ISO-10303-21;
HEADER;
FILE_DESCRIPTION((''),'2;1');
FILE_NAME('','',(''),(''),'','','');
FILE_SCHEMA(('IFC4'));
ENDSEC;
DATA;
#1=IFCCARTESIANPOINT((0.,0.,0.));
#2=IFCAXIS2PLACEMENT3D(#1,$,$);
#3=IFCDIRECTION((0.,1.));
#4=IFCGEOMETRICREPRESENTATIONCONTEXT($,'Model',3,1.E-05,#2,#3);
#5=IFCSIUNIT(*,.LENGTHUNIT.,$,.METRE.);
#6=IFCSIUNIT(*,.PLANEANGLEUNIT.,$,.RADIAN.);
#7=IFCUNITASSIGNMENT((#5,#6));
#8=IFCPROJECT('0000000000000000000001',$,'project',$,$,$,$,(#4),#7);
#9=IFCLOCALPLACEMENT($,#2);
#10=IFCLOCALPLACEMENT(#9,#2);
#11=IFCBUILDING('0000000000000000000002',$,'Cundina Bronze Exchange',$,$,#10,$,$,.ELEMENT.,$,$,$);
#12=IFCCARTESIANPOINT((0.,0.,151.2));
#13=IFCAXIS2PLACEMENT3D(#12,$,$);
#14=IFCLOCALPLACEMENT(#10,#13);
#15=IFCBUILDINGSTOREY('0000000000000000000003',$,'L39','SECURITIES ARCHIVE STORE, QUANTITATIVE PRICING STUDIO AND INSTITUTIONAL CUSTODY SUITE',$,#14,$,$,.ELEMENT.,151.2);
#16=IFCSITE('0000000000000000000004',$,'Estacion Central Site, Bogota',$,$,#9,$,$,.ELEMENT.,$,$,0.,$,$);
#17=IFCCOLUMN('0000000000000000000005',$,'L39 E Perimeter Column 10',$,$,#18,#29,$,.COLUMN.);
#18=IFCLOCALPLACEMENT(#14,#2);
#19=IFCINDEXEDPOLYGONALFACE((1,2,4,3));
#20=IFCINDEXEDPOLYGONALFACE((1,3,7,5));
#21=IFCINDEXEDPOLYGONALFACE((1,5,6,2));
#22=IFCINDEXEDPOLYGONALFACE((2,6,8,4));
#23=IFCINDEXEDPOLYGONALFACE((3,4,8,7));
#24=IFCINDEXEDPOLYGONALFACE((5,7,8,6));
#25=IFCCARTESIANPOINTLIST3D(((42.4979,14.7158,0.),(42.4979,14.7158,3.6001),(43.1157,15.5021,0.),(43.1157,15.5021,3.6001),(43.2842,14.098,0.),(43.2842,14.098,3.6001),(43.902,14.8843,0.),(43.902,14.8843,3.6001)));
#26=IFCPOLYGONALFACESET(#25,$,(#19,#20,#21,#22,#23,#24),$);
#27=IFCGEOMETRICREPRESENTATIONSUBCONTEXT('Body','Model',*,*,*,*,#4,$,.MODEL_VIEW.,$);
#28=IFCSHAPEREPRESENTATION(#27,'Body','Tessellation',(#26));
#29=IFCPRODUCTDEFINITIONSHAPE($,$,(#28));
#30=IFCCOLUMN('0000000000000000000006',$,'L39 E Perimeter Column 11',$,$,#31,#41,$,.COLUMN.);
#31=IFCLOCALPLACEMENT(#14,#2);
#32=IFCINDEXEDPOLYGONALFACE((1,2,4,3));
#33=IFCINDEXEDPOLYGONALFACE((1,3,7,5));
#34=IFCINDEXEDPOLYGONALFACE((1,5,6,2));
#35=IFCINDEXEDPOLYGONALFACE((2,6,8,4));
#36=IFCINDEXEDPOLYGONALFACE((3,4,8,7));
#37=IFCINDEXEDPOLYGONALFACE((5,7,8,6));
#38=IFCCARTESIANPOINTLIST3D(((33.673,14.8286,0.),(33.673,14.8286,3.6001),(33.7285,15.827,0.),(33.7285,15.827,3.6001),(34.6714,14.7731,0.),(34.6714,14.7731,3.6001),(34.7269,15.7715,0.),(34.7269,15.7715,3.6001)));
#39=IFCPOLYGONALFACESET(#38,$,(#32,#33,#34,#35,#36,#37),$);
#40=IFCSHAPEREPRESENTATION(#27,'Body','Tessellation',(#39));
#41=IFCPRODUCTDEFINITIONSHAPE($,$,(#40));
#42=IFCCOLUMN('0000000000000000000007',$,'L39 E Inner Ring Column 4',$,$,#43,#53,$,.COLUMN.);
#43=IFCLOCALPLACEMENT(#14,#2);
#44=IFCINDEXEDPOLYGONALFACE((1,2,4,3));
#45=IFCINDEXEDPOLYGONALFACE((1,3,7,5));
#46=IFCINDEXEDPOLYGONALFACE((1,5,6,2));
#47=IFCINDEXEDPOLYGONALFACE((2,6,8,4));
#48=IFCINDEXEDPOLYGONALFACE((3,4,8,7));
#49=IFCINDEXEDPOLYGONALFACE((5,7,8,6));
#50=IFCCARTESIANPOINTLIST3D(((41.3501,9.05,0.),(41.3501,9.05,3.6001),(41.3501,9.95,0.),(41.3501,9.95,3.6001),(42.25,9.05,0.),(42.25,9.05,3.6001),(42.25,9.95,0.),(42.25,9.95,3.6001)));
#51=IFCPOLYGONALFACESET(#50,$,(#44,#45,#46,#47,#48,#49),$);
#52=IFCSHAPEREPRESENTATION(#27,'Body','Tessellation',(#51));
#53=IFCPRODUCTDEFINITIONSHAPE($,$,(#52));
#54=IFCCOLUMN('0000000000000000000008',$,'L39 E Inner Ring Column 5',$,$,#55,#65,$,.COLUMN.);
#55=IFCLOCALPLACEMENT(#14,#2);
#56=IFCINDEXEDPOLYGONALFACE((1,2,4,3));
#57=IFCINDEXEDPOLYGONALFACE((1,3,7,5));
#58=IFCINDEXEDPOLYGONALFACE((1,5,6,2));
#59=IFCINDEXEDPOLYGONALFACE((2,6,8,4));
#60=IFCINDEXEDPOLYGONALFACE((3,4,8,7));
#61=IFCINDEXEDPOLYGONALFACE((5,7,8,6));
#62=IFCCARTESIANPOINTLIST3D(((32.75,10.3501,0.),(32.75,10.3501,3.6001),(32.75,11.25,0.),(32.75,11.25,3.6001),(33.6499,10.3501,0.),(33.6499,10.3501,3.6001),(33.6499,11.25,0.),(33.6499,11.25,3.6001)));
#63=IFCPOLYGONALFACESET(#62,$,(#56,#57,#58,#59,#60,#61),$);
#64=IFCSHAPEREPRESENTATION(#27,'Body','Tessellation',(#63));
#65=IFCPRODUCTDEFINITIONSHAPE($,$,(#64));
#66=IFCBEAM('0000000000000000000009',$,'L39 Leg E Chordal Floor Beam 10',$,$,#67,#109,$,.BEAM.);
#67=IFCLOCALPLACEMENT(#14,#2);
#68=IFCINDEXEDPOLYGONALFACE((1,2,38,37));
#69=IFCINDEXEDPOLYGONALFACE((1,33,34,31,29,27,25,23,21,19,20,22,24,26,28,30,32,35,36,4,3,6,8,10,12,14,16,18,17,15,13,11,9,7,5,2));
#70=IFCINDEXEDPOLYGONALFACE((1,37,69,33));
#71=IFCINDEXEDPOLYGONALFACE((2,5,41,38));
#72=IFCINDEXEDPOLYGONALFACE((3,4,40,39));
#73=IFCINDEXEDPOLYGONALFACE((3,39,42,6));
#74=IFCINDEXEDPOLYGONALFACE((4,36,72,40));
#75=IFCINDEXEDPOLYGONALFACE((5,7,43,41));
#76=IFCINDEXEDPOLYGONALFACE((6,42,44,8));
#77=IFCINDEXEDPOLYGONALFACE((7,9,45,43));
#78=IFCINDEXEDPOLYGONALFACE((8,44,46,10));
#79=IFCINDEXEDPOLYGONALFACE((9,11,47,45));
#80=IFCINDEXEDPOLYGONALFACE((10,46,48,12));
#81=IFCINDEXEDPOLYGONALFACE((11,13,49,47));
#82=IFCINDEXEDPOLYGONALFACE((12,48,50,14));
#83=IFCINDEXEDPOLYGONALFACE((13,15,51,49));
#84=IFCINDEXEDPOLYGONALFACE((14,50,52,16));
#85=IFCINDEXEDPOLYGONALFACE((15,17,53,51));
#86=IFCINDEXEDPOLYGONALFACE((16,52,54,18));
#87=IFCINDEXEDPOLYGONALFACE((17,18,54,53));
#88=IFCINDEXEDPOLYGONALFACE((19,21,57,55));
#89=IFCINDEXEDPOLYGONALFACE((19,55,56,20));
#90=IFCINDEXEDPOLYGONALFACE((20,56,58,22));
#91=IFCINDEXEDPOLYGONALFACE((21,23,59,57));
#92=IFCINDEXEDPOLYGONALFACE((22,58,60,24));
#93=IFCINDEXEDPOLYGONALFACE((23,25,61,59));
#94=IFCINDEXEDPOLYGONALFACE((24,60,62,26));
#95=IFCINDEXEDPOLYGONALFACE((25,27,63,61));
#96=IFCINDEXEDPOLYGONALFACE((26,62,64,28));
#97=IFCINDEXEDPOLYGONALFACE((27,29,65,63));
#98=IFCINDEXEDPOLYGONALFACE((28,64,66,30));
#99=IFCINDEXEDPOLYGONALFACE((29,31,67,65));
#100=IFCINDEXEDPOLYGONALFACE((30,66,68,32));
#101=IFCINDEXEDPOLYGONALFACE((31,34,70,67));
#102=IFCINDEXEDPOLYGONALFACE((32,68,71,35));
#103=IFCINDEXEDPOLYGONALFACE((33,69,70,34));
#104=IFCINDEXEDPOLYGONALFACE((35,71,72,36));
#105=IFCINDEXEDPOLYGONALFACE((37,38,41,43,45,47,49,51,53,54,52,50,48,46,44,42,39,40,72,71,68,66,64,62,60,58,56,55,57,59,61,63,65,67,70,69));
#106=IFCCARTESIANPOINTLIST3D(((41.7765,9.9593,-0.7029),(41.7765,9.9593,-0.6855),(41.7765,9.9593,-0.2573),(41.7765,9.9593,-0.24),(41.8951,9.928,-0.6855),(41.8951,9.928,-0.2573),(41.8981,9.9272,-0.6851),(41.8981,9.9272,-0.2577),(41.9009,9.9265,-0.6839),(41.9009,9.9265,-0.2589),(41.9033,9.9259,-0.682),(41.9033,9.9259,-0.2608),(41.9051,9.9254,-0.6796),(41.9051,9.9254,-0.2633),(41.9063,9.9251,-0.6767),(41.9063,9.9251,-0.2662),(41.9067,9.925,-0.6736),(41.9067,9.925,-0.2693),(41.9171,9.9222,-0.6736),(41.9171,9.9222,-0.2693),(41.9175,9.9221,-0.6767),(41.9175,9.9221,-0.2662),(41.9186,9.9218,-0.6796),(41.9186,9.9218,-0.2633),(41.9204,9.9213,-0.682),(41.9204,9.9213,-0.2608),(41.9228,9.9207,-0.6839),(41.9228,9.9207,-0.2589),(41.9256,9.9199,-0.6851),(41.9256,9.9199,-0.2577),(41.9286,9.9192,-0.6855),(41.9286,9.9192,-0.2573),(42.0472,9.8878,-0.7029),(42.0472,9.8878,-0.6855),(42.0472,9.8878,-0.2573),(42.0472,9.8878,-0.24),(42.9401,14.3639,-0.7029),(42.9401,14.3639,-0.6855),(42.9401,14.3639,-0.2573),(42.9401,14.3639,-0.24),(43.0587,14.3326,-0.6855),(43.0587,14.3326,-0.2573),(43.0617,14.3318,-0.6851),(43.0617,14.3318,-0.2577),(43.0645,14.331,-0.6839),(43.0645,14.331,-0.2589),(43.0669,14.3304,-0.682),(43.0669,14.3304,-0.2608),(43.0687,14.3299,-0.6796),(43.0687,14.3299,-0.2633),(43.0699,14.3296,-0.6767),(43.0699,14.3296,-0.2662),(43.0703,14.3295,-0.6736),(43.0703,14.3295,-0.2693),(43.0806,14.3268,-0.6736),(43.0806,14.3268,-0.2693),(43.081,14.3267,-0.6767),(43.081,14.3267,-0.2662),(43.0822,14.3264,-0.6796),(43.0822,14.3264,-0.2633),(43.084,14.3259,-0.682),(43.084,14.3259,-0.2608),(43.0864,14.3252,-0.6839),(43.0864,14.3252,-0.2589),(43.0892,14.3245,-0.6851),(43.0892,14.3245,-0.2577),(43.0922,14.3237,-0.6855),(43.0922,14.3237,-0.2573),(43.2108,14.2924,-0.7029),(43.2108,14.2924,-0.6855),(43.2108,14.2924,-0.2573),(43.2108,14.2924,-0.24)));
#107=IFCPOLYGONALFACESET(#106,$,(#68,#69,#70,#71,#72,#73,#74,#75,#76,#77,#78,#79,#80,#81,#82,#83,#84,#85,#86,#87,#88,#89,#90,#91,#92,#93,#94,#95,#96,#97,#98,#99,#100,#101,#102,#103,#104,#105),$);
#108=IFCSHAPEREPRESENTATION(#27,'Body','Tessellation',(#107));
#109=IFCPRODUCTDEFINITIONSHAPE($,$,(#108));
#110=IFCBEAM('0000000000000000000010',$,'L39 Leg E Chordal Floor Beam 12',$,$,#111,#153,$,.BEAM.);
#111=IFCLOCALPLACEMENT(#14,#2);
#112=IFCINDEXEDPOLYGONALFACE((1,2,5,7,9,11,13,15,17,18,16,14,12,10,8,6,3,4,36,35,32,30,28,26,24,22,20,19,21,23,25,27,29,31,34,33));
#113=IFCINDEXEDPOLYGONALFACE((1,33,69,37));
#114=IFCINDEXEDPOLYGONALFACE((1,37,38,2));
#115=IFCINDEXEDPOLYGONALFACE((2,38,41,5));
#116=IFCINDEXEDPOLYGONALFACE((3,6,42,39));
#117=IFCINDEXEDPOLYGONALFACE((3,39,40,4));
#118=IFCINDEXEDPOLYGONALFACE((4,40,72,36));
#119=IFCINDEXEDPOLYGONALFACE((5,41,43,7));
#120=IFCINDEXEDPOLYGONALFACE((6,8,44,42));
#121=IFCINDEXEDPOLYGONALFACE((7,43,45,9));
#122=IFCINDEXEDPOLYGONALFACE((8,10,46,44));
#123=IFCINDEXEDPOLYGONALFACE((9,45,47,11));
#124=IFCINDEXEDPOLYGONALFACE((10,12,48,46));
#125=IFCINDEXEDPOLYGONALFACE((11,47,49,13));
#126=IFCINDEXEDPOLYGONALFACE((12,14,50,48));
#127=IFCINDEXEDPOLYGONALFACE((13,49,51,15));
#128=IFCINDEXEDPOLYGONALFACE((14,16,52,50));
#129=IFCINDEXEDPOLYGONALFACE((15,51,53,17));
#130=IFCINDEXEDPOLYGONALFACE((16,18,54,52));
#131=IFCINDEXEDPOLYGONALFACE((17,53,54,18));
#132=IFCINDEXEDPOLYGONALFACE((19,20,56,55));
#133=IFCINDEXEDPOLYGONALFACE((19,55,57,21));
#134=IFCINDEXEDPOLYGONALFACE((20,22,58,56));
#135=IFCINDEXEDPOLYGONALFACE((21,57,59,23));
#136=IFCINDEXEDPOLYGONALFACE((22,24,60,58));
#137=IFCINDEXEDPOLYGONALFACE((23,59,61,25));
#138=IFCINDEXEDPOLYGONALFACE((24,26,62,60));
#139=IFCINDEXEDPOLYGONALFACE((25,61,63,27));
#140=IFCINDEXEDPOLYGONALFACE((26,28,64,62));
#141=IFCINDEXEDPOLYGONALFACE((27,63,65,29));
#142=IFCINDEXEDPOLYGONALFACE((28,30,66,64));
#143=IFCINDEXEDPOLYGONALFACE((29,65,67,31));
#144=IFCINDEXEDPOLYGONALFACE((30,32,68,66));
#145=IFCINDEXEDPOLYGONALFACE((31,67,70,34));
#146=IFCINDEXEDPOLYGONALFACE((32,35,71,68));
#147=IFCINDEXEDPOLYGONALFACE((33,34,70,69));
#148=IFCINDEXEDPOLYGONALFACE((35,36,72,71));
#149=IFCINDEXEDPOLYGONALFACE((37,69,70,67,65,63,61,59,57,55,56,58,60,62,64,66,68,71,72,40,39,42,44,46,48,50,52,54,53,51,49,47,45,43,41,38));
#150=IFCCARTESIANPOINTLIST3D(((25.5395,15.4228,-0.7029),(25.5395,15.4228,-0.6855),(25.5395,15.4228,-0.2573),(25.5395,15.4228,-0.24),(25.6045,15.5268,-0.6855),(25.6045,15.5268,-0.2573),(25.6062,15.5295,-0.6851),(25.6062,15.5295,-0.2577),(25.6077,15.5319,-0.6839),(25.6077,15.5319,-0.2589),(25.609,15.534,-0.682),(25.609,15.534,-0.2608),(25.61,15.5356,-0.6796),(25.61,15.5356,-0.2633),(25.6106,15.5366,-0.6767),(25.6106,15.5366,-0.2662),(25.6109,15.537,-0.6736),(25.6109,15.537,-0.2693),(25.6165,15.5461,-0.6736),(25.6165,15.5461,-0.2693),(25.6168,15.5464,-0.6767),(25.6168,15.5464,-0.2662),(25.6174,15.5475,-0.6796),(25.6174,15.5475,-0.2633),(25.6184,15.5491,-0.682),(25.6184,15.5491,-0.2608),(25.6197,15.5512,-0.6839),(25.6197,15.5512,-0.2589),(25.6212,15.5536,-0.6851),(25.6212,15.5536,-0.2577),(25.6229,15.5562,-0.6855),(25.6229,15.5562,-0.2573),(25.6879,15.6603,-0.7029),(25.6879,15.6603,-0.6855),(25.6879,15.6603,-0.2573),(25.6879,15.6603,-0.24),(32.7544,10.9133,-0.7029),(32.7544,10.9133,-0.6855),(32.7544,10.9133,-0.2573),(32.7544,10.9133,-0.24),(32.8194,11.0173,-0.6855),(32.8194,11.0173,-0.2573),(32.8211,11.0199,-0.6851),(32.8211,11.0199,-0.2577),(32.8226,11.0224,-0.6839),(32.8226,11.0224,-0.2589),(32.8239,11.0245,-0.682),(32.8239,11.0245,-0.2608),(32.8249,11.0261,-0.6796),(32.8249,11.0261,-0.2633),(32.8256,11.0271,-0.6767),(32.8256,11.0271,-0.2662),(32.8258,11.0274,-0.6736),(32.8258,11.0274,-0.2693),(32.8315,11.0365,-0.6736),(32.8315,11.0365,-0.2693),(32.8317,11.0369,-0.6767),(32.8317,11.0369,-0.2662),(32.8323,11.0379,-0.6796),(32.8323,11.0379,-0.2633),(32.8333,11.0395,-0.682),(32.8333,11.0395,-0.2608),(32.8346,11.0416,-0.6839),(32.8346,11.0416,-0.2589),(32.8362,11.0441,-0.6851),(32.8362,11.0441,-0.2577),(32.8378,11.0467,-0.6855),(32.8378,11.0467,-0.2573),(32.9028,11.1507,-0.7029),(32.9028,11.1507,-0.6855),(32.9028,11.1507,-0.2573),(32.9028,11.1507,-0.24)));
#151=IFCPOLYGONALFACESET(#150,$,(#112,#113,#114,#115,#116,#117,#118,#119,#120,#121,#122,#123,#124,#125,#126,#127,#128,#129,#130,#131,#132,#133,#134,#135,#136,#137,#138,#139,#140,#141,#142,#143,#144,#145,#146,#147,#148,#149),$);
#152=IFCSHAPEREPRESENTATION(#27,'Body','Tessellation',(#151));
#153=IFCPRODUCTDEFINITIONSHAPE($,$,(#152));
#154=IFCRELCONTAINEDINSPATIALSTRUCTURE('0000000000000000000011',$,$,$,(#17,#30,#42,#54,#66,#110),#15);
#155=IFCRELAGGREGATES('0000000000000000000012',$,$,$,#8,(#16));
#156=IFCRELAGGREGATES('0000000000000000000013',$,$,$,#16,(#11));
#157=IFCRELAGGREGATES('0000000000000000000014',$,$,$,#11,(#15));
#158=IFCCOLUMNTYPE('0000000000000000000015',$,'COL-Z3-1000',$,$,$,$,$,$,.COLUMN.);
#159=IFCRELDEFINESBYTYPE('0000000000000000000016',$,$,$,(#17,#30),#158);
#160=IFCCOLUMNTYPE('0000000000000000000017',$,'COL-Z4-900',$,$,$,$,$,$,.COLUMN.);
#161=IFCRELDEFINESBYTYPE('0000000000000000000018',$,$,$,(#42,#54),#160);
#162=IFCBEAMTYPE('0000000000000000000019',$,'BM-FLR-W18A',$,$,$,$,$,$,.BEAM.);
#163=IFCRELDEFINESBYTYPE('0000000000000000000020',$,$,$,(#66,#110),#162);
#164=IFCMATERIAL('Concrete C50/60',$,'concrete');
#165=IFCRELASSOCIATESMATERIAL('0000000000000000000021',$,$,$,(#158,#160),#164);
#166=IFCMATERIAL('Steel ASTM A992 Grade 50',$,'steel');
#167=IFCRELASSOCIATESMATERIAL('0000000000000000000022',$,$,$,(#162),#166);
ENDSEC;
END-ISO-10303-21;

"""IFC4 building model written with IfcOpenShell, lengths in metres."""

from ifc_helpers import new_model, si_unit, direction, frame, origin, origin_2d, place, context, subcontext, project, spatial, rectangle, i_section, extrude, material, material_profile, profile_set, type_object, element, save


model = new_model("IFC4")

# Units and contexts
model_context = context("Model", 3, precision=1e-05, world=origin(), true_north=direction((0.0, 1.0)))
body_context = subcontext(model_context, "Body", "Model", "MODEL_VIEW")
ifc_project = project(units=[si_unit("LENGTHUNIT", "METRE"), si_unit("PLANEANGLEUNIT", "RADIAN")], contexts=[model_context])

# Site, building, storey
site_placement = place(None, origin())
site = spatial("IfcSite", under=ifc_project, at=site_placement, Name="Estacion Central Site, Bogota", CompositionType="ELEMENT", RefElevation=0.0)
building_placement = place(site_placement, origin())
building = spatial("IfcBuilding", under=site, at=building_placement, Name="Cundina Bronze Exchange", CompositionType="ELEMENT")
storey_placement = place(building_placement, frame((0.0, 0.0, 151.2)))
storey = spatial("IfcBuildingStorey", under=building, at=storey_placement, Name="L39", Description="SECURITIES ARCHIVE STORE, QUANTITATIVE PRICING STUDIO AND INSTITUTIONAL CUSTODY SUITE", CompositionType="ELEMENT", Elevation=151.2)

# Columns
ifc_material_1 = material(Name="Concrete C50/60", Category="concrete")
ifc_material_profile_1 = material_profile(ifc_material_1, rectangle(XDim=1.0, YDim=1.0, at=origin_2d()), Name="RC1000X1000", Category="concrete")
ifc_profile_set_1 = profile_set([ifc_material_profile_1], Name="Concrete C50/60")
column_type_1 = type_object("IfcColumnType", Name="COL-Z3-1000", PredefinedType="COLUMN", material=ifc_profile_set_1)
for number, where, z_axis, x_axis, name in (
    (1, (43.2, 14.8, 0.0), (0.0, 0.0, 1.0), (-0.786288, 0.61786, 0.0), "L39 E Perimeter Column 10"),
    (2, (34.2, 15.3, 0.0), (0.0, 0.0, 1.0), (-0.99846, 0.055473, 0.0), "L39 E Perimeter Column 11"),
):
    element("IfcColumn", number, at=place(storey_placement, frame(where, z_axis=z_axis, x_axis=x_axis)), inside=storey, type_object=column_type_1, Name=name, PredefinedType="COLUMN", context=body_context, shape_type="SweptSolid", body=[
        extrude(rectangle(XDim=1.0, YDim=1.0, at=origin_2d()), origin(), (0.0, 0.0, 1.0), 3.6001),
    ])
ifc_material_profile_2 = material_profile(ifc_material_1, rectangle(XDim=0.8999, YDim=0.8999, at=origin_2d()), Name="RC900X900", Category="concrete")
ifc_profile_set_2 = profile_set([ifc_material_profile_2], Name="Concrete C50/60")
column_type_2 = type_object("IfcColumnType", Name="COL-Z4-900", PredefinedType="COLUMN", material=ifc_profile_set_2)
for number, where, z_axis, x_axis, name in (
    (3, (41.8, 9.5, 0.0), (0.0, 0.0, 1.0), (1.0, 0.0, 0.0), "L39 E Inner Ring Column 4"),
    (4, (33.2, 10.8, 0.0), (0.0, 0.0, 1.0), (1.0, 0.0, 0.0), "L39 E Inner Ring Column 5"),
):
    element("IfcColumn", number, at=place(storey_placement, frame(where, z_axis=z_axis, x_axis=x_axis)), inside=storey, type_object=column_type_2, Name=name, PredefinedType="COLUMN", context=body_context, shape_type="SweptSolid", body=[
        extrude(rectangle(XDim=0.8999, YDim=0.8999, at=origin_2d()), origin(), (0.0, 0.0, 1.0), 3.6001),
    ])

# Beams
ifc_material_2 = material(Name="Steel ASTM A992 Grade 50", Category="steel")
ifc_material_profile_3 = material_profile(ifc_material_2, i_section(OverallWidth=0.28, OverallDepth=0.4629, WebThickness=0.0107, FlangeThickness=0.0173, FilletRadius=0.012, at=origin_2d()), Name="W18X76", Category="steel")
ifc_profile_set_3 = profile_set([ifc_material_profile_3], Name="Steel ASTM A992 Grade 50")
beam_type_1 = type_object("IfcBeamType", Name="BM-FLR-W18A", PredefinedType="BEAM", material=ifc_profile_set_3)
beam_1_placement = place(storey_placement, frame((41.9119, 9.9236, -0.4714), z_axis=(0.255414, 0.966832, 0.0), x_axis=(-0.966832, 0.255414, 0.0)))
element("IfcBeam", 5, at=beam_1_placement, inside=storey, type_object=beam_type_1, Name="L39 Leg E Chordal Floor Beam 10", PredefinedType="BEAM", context=body_context, shape_type="SweptSolid", body=[
    extrude(i_section(OverallWidth=0.28, OverallDepth=0.4629, WebThickness=0.0107, FlangeThickness=0.0173, FilletRadius=0.012, at=origin_2d()), origin(), (0.0, 0.0, 1.0), 4.5557),
])
beam_2_placement = place(storey_placement, frame((32.8286, 11.032, -0.4714), z_axis=(-0.847985, 0.53002, 0.0), x_axis=(-0.53002, -0.847985, 0.0)))
element("IfcBeam", 6, at=beam_2_placement, inside=storey, type_object=beam_type_1, Name="L39 Leg E Chordal Floor Beam 12", PredefinedType="BEAM", context=body_context, shape_type="SweptSolid", body=[
    extrude(i_section(OverallWidth=0.28, OverallDepth=0.4629, WebThickness=0.0107, FlangeThickness=0.0173, FilletRadius=0.012, at=origin_2d()), origin(), (0.0, 0.0, 1.0), 8.5083),
])

save(model, "model.ifc")
